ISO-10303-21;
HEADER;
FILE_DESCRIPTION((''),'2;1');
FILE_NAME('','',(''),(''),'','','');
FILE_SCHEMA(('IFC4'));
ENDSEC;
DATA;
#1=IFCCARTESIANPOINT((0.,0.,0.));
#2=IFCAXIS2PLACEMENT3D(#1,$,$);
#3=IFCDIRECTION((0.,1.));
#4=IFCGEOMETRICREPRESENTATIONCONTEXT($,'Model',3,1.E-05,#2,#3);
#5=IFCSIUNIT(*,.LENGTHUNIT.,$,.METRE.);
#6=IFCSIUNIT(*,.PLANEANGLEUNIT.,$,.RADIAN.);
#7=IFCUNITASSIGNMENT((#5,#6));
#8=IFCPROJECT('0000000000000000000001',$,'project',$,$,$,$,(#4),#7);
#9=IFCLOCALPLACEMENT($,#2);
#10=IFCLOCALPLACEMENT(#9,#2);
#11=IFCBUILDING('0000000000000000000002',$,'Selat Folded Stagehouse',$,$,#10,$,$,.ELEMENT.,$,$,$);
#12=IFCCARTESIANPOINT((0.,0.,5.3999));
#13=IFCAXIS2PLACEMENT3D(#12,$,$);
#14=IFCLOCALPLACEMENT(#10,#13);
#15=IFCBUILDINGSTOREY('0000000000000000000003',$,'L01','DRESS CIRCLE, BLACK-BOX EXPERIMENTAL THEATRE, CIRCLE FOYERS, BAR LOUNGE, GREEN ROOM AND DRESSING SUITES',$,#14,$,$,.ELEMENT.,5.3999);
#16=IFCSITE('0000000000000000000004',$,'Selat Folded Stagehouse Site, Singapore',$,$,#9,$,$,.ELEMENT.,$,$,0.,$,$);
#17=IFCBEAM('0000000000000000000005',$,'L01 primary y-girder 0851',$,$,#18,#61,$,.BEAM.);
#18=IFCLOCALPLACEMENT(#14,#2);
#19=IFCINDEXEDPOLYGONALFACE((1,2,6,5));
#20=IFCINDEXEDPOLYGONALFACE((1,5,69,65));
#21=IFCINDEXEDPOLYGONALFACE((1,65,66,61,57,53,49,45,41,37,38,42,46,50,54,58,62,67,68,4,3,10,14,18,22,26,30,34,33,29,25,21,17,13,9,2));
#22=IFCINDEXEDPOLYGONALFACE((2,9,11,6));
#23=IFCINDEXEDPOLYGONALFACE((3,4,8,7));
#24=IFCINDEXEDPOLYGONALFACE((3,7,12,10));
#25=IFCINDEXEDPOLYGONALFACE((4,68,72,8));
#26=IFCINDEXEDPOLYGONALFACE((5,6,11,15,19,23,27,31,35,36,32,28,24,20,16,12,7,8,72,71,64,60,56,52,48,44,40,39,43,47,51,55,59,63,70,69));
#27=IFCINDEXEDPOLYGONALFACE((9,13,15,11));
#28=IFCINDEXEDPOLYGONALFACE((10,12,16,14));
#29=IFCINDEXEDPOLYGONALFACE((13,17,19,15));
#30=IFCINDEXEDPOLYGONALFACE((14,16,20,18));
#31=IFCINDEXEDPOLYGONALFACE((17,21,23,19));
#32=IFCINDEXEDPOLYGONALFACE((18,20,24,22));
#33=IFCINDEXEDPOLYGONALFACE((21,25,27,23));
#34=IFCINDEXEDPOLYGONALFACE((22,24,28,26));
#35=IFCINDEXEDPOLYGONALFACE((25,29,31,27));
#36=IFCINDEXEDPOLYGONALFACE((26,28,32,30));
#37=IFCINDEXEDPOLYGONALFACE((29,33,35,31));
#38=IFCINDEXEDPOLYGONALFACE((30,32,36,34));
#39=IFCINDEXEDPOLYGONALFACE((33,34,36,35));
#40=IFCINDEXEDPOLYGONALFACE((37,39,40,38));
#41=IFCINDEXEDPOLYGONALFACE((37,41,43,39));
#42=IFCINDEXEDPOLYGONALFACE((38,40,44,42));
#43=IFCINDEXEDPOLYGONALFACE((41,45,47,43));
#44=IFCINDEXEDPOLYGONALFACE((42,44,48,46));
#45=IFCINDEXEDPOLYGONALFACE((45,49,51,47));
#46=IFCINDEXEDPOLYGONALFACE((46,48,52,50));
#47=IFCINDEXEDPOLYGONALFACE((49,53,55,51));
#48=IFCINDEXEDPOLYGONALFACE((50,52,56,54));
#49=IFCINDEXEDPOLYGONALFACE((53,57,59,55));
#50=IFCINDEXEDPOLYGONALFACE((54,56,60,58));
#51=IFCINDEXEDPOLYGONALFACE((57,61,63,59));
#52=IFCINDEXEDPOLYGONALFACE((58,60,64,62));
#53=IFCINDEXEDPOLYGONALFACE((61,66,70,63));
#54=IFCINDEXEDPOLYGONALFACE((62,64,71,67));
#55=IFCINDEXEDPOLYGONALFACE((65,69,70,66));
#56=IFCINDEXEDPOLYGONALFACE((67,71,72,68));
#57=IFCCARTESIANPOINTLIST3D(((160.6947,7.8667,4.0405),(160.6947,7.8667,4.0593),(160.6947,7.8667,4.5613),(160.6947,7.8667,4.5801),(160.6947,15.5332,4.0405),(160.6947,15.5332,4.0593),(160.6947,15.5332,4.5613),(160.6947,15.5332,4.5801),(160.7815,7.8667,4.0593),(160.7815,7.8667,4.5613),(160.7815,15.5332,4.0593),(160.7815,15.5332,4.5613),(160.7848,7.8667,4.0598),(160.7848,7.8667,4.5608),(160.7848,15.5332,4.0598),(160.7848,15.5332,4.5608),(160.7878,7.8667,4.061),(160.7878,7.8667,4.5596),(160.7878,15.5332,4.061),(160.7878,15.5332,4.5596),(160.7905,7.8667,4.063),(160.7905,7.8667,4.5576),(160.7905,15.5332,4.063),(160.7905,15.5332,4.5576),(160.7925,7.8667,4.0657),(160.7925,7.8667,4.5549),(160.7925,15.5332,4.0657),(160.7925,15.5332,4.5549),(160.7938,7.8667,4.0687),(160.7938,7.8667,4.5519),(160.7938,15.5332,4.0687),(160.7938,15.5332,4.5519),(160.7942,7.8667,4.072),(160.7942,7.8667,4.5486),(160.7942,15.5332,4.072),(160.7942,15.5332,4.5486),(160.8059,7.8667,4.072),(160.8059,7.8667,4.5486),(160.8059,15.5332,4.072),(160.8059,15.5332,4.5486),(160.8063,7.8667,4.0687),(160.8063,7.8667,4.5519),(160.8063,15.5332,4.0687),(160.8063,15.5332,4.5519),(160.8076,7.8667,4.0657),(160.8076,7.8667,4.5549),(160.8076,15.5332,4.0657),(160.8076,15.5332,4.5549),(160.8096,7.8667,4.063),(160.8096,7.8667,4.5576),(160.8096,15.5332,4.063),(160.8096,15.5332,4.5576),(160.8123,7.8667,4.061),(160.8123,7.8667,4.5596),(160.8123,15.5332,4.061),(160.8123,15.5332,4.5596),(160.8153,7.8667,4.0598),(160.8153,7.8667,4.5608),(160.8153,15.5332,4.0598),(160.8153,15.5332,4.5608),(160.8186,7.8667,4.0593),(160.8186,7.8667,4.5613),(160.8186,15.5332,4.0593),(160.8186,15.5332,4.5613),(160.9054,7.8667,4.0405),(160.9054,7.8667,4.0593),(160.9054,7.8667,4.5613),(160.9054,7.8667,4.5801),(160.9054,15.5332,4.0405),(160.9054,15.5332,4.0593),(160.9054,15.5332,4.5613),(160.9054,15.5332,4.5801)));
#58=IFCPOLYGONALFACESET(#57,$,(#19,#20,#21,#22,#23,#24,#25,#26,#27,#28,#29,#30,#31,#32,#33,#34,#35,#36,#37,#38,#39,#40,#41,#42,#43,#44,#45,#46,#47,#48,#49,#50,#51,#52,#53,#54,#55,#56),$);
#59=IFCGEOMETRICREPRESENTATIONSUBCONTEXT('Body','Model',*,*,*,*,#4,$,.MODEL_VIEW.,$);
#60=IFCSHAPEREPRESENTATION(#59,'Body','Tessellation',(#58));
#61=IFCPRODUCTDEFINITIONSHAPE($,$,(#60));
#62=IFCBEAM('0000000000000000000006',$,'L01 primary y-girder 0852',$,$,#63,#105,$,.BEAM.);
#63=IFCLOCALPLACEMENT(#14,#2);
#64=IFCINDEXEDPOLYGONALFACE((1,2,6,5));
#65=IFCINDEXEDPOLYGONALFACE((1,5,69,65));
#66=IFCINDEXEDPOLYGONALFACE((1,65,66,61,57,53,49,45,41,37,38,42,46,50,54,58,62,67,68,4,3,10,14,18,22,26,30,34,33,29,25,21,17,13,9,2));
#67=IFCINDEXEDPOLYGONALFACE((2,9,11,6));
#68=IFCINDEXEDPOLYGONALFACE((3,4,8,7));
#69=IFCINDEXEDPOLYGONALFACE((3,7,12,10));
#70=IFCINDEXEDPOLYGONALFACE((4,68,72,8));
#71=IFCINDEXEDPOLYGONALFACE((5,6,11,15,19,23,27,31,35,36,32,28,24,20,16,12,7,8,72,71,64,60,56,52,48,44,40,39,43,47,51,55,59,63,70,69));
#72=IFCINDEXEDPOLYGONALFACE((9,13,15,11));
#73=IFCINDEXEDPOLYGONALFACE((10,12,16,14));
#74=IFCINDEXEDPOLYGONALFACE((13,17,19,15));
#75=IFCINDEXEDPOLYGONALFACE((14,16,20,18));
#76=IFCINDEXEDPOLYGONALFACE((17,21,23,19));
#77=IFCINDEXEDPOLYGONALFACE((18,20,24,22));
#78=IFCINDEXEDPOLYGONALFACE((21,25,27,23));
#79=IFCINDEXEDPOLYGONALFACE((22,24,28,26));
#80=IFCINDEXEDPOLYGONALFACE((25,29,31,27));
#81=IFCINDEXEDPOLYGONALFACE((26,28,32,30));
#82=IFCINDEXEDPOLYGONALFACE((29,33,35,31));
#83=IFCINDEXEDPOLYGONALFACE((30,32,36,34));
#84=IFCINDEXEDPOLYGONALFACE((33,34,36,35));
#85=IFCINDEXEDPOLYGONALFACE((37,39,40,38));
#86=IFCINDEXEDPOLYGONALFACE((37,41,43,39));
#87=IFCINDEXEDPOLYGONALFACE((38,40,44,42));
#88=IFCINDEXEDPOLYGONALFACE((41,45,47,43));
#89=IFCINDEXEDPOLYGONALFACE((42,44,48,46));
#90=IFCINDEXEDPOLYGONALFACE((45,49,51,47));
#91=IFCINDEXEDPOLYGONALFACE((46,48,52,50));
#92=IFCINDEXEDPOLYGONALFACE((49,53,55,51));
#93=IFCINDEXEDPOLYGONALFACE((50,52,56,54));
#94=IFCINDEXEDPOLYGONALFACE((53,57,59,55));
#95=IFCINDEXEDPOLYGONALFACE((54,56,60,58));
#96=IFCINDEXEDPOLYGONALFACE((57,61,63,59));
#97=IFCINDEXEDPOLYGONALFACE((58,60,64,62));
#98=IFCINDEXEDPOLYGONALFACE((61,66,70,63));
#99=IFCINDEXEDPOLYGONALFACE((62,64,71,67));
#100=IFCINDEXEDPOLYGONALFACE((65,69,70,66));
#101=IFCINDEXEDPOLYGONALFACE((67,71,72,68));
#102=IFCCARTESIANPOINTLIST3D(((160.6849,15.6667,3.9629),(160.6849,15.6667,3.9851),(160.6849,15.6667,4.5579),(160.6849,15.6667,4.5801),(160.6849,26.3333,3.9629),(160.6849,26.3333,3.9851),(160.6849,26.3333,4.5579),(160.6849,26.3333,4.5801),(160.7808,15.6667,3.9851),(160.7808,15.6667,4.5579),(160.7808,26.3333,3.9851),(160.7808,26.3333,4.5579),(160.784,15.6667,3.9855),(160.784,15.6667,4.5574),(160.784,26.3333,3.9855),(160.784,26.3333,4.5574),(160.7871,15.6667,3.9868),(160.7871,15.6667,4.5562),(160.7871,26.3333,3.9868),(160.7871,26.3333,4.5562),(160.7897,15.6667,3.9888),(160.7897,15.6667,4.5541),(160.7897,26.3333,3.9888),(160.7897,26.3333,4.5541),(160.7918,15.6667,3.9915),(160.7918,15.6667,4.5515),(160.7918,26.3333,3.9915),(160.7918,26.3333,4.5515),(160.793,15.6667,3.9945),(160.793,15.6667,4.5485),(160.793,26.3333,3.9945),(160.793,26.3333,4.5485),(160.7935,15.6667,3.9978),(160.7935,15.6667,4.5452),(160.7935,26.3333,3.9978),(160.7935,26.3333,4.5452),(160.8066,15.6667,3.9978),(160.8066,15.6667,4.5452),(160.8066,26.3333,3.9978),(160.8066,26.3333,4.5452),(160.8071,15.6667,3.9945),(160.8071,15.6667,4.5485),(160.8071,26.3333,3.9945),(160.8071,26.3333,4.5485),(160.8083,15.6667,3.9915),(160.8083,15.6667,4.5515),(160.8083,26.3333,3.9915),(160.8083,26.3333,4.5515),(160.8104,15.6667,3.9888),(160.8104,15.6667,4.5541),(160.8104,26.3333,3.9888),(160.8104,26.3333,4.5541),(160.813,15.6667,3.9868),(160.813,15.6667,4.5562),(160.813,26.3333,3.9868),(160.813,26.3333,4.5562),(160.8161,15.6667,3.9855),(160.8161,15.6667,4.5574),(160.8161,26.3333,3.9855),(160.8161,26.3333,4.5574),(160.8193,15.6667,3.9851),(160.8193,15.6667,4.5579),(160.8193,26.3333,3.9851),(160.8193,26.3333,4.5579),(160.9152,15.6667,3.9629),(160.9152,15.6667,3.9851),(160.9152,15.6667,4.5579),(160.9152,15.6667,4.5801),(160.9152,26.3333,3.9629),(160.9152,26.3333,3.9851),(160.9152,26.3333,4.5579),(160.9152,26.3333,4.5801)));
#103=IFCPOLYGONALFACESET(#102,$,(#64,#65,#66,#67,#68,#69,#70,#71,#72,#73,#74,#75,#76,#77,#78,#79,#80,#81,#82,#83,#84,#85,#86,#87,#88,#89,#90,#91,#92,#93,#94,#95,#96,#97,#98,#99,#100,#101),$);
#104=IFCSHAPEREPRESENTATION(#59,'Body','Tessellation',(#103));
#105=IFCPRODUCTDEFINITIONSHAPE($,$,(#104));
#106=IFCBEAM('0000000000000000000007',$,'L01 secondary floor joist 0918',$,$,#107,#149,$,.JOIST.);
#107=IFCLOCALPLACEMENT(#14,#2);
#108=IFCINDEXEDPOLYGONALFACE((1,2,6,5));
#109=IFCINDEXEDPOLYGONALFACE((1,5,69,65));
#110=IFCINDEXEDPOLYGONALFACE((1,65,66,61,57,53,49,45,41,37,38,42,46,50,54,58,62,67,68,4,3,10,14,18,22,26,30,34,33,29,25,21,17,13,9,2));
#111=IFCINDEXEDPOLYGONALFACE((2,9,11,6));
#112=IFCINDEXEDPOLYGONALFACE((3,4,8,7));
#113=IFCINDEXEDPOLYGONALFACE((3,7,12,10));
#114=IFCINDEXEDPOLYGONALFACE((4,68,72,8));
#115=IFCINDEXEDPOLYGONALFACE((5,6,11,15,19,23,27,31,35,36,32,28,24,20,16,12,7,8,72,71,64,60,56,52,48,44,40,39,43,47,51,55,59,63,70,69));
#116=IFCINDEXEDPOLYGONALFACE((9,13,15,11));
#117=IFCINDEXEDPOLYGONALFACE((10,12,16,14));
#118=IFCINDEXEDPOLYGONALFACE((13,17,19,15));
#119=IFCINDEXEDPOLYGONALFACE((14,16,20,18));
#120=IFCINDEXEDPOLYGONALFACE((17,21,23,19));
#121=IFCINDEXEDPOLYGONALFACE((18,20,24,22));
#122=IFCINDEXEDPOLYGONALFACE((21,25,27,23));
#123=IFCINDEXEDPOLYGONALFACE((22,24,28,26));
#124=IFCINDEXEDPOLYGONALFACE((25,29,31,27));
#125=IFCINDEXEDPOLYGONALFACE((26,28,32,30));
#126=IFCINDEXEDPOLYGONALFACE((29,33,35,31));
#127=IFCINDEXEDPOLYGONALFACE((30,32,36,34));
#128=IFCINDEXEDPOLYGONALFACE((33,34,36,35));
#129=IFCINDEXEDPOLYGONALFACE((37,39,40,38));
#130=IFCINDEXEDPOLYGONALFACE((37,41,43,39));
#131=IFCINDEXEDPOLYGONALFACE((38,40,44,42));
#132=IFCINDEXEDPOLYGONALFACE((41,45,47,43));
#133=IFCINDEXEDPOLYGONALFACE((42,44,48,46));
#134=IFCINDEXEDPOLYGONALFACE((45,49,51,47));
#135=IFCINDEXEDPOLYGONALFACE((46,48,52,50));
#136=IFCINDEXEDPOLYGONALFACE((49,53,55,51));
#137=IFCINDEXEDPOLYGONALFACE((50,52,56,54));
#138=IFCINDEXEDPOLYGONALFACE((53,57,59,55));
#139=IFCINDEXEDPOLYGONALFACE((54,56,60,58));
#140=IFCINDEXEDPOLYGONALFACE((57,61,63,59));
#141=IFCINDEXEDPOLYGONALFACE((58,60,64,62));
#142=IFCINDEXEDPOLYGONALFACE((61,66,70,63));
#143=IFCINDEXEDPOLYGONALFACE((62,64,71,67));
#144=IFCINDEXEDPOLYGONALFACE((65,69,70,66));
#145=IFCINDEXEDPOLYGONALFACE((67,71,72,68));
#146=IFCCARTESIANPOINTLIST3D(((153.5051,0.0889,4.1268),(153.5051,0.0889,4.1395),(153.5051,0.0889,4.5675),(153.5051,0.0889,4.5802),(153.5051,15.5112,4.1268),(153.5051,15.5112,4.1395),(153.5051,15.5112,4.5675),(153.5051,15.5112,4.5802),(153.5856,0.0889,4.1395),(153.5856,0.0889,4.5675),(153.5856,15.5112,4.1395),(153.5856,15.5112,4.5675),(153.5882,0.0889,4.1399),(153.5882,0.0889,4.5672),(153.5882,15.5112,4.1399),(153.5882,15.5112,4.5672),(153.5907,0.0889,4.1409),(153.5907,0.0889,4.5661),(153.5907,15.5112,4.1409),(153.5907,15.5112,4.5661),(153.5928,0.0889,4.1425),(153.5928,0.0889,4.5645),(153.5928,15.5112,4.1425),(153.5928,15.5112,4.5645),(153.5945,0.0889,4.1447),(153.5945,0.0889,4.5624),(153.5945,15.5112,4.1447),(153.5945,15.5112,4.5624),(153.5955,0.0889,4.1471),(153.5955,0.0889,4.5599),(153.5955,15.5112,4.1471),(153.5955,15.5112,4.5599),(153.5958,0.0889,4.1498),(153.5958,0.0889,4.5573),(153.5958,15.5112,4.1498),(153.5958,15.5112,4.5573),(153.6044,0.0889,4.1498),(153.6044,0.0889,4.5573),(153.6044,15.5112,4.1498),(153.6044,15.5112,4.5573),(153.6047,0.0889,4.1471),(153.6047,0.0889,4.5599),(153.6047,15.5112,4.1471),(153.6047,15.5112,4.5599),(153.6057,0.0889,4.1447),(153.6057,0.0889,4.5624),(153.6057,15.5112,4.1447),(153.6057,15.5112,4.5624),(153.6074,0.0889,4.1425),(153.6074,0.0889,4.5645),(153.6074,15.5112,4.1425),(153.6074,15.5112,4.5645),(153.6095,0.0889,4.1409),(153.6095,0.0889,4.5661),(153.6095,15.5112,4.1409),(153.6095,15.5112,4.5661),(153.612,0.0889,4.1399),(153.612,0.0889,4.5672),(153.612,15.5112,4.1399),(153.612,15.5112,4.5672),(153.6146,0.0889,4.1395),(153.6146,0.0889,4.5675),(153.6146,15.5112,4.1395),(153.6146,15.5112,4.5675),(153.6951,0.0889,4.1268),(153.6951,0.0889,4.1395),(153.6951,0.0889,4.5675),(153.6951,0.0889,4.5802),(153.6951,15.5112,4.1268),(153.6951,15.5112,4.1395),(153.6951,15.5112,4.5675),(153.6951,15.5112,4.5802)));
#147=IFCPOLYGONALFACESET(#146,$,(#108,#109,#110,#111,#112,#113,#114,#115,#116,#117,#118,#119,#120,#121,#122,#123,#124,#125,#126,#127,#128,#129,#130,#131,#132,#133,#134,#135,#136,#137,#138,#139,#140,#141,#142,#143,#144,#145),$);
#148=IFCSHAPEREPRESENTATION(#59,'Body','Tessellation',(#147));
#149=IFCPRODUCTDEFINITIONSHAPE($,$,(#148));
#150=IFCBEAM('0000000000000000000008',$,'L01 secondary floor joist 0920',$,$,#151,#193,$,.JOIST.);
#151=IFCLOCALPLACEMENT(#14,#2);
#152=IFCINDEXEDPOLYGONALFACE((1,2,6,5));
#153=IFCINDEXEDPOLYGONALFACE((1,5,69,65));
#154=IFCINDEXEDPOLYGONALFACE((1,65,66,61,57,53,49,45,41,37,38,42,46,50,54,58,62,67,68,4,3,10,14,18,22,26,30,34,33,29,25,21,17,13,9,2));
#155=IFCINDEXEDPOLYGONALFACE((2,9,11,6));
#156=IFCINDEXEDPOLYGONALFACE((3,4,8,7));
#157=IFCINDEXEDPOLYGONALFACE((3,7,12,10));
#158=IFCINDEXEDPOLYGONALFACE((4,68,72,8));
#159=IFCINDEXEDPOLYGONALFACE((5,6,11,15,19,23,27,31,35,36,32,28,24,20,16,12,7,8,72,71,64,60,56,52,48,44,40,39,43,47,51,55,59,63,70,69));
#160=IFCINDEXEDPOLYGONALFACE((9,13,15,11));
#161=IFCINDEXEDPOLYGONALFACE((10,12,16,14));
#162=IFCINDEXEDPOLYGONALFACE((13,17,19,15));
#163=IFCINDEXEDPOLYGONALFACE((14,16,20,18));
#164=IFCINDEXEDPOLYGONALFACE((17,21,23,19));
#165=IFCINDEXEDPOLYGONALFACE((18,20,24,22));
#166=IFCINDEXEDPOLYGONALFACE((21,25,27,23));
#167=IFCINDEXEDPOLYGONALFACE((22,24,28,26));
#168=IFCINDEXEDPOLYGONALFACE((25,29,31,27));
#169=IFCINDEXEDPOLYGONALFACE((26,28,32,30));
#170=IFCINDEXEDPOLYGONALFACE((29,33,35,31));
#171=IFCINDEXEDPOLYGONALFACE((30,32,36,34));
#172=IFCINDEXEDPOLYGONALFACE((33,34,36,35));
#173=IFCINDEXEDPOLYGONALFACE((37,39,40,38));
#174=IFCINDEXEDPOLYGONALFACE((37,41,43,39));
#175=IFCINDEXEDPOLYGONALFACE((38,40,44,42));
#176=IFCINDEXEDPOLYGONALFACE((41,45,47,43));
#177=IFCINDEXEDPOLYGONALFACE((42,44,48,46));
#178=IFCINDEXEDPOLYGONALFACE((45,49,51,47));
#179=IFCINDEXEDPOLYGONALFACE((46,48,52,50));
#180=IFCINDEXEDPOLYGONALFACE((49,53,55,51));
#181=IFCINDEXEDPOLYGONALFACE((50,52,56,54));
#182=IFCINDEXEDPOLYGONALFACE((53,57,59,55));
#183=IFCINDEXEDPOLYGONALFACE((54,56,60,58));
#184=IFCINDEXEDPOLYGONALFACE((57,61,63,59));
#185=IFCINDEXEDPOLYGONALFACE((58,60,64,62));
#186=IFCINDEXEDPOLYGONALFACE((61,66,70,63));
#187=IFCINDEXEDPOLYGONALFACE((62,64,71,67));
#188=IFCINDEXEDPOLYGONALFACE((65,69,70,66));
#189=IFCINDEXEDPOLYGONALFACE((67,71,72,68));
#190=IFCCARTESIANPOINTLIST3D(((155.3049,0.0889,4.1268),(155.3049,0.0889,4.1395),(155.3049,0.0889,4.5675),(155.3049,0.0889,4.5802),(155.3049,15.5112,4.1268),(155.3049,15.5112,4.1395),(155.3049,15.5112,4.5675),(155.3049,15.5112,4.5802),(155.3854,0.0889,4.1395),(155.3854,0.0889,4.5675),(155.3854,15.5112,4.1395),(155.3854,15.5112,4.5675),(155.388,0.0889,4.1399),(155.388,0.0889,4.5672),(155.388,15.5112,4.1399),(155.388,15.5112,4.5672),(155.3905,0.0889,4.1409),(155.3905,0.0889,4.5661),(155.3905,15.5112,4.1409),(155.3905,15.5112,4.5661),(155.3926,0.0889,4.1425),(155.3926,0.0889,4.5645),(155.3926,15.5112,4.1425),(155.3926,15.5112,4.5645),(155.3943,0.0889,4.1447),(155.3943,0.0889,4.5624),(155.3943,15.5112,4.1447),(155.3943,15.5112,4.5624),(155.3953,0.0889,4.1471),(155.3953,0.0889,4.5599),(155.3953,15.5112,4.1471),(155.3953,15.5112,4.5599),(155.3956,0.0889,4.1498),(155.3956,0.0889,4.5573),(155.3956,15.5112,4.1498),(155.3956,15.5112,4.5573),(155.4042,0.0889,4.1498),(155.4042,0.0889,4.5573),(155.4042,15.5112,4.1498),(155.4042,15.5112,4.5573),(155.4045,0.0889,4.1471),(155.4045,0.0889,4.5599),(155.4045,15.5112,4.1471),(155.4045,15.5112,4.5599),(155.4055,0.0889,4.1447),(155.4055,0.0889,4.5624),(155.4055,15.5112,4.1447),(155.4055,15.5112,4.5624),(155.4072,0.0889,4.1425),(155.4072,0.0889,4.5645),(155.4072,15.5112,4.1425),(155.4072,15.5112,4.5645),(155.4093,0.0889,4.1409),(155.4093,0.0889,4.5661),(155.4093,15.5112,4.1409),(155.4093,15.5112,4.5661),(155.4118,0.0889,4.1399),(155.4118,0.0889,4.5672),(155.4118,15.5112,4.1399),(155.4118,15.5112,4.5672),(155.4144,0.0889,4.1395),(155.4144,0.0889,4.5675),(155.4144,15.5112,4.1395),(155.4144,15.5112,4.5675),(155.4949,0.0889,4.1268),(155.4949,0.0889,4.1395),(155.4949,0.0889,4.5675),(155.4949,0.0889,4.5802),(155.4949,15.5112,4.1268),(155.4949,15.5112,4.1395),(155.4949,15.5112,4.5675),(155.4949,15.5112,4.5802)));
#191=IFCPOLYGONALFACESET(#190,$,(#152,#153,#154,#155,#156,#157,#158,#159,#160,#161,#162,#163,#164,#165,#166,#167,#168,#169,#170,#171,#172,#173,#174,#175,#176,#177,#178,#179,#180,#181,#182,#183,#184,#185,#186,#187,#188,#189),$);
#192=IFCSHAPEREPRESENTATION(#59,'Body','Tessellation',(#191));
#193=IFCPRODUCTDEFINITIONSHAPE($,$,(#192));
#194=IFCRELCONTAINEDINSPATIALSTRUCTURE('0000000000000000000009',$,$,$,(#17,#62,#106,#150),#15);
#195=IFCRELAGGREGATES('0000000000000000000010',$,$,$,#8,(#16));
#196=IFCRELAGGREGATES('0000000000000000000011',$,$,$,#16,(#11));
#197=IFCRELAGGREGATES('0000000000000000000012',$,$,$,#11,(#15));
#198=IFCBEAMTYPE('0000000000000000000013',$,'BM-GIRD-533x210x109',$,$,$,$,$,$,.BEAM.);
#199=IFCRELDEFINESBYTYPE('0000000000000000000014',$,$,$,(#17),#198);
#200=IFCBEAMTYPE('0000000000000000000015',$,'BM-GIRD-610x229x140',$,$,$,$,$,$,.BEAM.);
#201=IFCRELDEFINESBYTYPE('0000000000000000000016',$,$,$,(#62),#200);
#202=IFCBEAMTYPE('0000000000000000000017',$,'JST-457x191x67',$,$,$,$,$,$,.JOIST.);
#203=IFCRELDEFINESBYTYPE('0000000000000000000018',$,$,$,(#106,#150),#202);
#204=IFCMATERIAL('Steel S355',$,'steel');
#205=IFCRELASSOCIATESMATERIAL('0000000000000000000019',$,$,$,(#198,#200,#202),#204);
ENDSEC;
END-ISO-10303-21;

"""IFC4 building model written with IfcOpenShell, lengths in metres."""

from ifc_helpers import new_model, si_unit, direction, frame, origin, origin_2d, place, context, subcontext, project, spatial, i_section, extrude, material, material_profile, profile_set, type_object, element, save


model = new_model("IFC4")

# Units and contexts
model_context = context("Model", 3, precision=1e-05, world=origin(), true_north=direction((0.0, 1.0)))
body_context = subcontext(model_context, "Body", "Model", "MODEL_VIEW")
ifc_project = project(units=[si_unit("LENGTHUNIT", "METRE"), si_unit("PLANEANGLEUNIT", "RADIAN")], contexts=[model_context])

# Site, building, storey
site_placement = place(None, origin())
site = spatial("IfcSite", under=ifc_project, at=site_placement, Name="Selat Folded Stagehouse Site, Singapore", CompositionType="ELEMENT", RefElevation=0.0)
building_placement = place(site_placement, origin())
building = spatial("IfcBuilding", under=site, at=building_placement, Name="Selat Folded Stagehouse", CompositionType="ELEMENT")
storey_placement = place(building_placement, frame((0.0, 0.0, 5.3999)))
storey = spatial("IfcBuildingStorey", under=building, at=storey_placement, Name="L01", Description="DRESS CIRCLE, BLACK-BOX EXPERIMENTAL THEATRE, CIRCLE FOYERS, BAR LOUNGE, GREEN ROOM AND DRESSING SUITES", CompositionType="ELEMENT", Elevation=5.3999)

# Shared definitions
ifc_material_1 = material(Name="Steel S355", Category="steel")

# Beams
ifc_material_profile_1 = material_profile(ifc_material_1, i_section(OverallWidth=0.2107, OverallDepth=0.5396, WebThickness=0.0117, FlangeThickness=0.0188, FilletRadius=0.0127, at=origin_2d()), Name="UKB 533x210x109")
ifc_profile_set_1 = profile_set([ifc_material_profile_1], Name="Steel S355")
beam_type_1 = type_object("IfcBeamType", Name="BM-GIRD-533x210x109", PredefinedType="BEAM", material=ifc_profile_set_1)
beam_1_placement = place(storey_placement, frame((160.8, 7.8667, 4.3103), z_axis=(0.0, 1.0, 0.0), x_axis=(-1.0, 0.0, 0.0)))
element("IfcBeam", 1, at=beam_1_placement, inside=storey, type_object=beam_type_1, Name="L01 primary y-girder 0851", PredefinedType="BEAM", context=body_context, shape_type="SweptSolid", body=[
    extrude(i_section(OverallWidth=0.2107, OverallDepth=0.5396, WebThickness=0.0117, FlangeThickness=0.0188, FilletRadius=0.0127, at=origin_2d()), origin(), (0.0, 0.0, 1.0), 7.6665),
])
ifc_material_profile_2 = material_profile(ifc_material_1, i_section(OverallWidth=0.2302, OverallDepth=0.6172, WebThickness=0.0132, FlangeThickness=0.0222, FilletRadius=0.0127, at=origin_2d()), Name="UKB 610x229x140")
ifc_profile_set_2 = profile_set([ifc_material_profile_2], Name="Steel S355")
beam_type_2 = type_object("IfcBeamType", Name="BM-GIRD-610x229x140", PredefinedType="BEAM", material=ifc_profile_set_2)
beam_2_placement = place(storey_placement, frame((160.8, 15.6667, 4.2715), z_axis=(0.0, 1.0, 0.0), x_axis=(-1.0, 0.0, 0.0)))
element("IfcBeam", 2, at=beam_2_placement, inside=storey, type_object=beam_type_2, Name="L01 primary y-girder 0852", PredefinedType="BEAM", context=body_context, shape_type="SweptSolid", body=[
    extrude(i_section(OverallWidth=0.2302, OverallDepth=0.6172, WebThickness=0.0132, FlangeThickness=0.0222, FilletRadius=0.0127, at=origin_2d()), origin(), (0.0, 0.0, 1.0), 10.6665),
])
ifc_material_profile_3 = material_profile(ifc_material_1, i_section(OverallWidth=0.1899, OverallDepth=0.4534, WebThickness=0.0085, FlangeThickness=0.0127, FilletRadius=0.0103, at=origin_2d()), Name="UKB 457x191x67")
ifc_profile_set_3 = profile_set([ifc_material_profile_3], Name="Steel S355")
beam_type_3 = type_object("IfcBeamType", Name="JST-457x191x67", PredefinedType="JOIST", material=ifc_profile_set_3)
for number, where, z_axis, x_axis, name in (
    (3, (153.6001, 0.0889, 4.3535), (0.0, 1.0, 0.0), (-1.0, 0.0, 0.0), "L01 secondary floor joist 0918"),
    (4, (155.3999, 0.0889, 4.3535), (0.0, 1.0, 0.0), (-1.0, 0.0, 0.0), "L01 secondary floor joist 0920"),
):
    element("IfcBeam", number, at=place(storey_placement, frame(where, z_axis=z_axis, x_axis=x_axis)), inside=storey, type_object=beam_type_3, Name=name, PredefinedType="JOIST", context=body_context, shape_type="SweptSolid", body=[
        extrude(i_section(OverallWidth=0.1899, OverallDepth=0.4534, WebThickness=0.0085, FlangeThickness=0.0127, FilletRadius=0.0103, at=origin_2d()), origin(), (0.0, 0.0, 1.0), 15.4224),
    ])

save(model, "model.ifc")
